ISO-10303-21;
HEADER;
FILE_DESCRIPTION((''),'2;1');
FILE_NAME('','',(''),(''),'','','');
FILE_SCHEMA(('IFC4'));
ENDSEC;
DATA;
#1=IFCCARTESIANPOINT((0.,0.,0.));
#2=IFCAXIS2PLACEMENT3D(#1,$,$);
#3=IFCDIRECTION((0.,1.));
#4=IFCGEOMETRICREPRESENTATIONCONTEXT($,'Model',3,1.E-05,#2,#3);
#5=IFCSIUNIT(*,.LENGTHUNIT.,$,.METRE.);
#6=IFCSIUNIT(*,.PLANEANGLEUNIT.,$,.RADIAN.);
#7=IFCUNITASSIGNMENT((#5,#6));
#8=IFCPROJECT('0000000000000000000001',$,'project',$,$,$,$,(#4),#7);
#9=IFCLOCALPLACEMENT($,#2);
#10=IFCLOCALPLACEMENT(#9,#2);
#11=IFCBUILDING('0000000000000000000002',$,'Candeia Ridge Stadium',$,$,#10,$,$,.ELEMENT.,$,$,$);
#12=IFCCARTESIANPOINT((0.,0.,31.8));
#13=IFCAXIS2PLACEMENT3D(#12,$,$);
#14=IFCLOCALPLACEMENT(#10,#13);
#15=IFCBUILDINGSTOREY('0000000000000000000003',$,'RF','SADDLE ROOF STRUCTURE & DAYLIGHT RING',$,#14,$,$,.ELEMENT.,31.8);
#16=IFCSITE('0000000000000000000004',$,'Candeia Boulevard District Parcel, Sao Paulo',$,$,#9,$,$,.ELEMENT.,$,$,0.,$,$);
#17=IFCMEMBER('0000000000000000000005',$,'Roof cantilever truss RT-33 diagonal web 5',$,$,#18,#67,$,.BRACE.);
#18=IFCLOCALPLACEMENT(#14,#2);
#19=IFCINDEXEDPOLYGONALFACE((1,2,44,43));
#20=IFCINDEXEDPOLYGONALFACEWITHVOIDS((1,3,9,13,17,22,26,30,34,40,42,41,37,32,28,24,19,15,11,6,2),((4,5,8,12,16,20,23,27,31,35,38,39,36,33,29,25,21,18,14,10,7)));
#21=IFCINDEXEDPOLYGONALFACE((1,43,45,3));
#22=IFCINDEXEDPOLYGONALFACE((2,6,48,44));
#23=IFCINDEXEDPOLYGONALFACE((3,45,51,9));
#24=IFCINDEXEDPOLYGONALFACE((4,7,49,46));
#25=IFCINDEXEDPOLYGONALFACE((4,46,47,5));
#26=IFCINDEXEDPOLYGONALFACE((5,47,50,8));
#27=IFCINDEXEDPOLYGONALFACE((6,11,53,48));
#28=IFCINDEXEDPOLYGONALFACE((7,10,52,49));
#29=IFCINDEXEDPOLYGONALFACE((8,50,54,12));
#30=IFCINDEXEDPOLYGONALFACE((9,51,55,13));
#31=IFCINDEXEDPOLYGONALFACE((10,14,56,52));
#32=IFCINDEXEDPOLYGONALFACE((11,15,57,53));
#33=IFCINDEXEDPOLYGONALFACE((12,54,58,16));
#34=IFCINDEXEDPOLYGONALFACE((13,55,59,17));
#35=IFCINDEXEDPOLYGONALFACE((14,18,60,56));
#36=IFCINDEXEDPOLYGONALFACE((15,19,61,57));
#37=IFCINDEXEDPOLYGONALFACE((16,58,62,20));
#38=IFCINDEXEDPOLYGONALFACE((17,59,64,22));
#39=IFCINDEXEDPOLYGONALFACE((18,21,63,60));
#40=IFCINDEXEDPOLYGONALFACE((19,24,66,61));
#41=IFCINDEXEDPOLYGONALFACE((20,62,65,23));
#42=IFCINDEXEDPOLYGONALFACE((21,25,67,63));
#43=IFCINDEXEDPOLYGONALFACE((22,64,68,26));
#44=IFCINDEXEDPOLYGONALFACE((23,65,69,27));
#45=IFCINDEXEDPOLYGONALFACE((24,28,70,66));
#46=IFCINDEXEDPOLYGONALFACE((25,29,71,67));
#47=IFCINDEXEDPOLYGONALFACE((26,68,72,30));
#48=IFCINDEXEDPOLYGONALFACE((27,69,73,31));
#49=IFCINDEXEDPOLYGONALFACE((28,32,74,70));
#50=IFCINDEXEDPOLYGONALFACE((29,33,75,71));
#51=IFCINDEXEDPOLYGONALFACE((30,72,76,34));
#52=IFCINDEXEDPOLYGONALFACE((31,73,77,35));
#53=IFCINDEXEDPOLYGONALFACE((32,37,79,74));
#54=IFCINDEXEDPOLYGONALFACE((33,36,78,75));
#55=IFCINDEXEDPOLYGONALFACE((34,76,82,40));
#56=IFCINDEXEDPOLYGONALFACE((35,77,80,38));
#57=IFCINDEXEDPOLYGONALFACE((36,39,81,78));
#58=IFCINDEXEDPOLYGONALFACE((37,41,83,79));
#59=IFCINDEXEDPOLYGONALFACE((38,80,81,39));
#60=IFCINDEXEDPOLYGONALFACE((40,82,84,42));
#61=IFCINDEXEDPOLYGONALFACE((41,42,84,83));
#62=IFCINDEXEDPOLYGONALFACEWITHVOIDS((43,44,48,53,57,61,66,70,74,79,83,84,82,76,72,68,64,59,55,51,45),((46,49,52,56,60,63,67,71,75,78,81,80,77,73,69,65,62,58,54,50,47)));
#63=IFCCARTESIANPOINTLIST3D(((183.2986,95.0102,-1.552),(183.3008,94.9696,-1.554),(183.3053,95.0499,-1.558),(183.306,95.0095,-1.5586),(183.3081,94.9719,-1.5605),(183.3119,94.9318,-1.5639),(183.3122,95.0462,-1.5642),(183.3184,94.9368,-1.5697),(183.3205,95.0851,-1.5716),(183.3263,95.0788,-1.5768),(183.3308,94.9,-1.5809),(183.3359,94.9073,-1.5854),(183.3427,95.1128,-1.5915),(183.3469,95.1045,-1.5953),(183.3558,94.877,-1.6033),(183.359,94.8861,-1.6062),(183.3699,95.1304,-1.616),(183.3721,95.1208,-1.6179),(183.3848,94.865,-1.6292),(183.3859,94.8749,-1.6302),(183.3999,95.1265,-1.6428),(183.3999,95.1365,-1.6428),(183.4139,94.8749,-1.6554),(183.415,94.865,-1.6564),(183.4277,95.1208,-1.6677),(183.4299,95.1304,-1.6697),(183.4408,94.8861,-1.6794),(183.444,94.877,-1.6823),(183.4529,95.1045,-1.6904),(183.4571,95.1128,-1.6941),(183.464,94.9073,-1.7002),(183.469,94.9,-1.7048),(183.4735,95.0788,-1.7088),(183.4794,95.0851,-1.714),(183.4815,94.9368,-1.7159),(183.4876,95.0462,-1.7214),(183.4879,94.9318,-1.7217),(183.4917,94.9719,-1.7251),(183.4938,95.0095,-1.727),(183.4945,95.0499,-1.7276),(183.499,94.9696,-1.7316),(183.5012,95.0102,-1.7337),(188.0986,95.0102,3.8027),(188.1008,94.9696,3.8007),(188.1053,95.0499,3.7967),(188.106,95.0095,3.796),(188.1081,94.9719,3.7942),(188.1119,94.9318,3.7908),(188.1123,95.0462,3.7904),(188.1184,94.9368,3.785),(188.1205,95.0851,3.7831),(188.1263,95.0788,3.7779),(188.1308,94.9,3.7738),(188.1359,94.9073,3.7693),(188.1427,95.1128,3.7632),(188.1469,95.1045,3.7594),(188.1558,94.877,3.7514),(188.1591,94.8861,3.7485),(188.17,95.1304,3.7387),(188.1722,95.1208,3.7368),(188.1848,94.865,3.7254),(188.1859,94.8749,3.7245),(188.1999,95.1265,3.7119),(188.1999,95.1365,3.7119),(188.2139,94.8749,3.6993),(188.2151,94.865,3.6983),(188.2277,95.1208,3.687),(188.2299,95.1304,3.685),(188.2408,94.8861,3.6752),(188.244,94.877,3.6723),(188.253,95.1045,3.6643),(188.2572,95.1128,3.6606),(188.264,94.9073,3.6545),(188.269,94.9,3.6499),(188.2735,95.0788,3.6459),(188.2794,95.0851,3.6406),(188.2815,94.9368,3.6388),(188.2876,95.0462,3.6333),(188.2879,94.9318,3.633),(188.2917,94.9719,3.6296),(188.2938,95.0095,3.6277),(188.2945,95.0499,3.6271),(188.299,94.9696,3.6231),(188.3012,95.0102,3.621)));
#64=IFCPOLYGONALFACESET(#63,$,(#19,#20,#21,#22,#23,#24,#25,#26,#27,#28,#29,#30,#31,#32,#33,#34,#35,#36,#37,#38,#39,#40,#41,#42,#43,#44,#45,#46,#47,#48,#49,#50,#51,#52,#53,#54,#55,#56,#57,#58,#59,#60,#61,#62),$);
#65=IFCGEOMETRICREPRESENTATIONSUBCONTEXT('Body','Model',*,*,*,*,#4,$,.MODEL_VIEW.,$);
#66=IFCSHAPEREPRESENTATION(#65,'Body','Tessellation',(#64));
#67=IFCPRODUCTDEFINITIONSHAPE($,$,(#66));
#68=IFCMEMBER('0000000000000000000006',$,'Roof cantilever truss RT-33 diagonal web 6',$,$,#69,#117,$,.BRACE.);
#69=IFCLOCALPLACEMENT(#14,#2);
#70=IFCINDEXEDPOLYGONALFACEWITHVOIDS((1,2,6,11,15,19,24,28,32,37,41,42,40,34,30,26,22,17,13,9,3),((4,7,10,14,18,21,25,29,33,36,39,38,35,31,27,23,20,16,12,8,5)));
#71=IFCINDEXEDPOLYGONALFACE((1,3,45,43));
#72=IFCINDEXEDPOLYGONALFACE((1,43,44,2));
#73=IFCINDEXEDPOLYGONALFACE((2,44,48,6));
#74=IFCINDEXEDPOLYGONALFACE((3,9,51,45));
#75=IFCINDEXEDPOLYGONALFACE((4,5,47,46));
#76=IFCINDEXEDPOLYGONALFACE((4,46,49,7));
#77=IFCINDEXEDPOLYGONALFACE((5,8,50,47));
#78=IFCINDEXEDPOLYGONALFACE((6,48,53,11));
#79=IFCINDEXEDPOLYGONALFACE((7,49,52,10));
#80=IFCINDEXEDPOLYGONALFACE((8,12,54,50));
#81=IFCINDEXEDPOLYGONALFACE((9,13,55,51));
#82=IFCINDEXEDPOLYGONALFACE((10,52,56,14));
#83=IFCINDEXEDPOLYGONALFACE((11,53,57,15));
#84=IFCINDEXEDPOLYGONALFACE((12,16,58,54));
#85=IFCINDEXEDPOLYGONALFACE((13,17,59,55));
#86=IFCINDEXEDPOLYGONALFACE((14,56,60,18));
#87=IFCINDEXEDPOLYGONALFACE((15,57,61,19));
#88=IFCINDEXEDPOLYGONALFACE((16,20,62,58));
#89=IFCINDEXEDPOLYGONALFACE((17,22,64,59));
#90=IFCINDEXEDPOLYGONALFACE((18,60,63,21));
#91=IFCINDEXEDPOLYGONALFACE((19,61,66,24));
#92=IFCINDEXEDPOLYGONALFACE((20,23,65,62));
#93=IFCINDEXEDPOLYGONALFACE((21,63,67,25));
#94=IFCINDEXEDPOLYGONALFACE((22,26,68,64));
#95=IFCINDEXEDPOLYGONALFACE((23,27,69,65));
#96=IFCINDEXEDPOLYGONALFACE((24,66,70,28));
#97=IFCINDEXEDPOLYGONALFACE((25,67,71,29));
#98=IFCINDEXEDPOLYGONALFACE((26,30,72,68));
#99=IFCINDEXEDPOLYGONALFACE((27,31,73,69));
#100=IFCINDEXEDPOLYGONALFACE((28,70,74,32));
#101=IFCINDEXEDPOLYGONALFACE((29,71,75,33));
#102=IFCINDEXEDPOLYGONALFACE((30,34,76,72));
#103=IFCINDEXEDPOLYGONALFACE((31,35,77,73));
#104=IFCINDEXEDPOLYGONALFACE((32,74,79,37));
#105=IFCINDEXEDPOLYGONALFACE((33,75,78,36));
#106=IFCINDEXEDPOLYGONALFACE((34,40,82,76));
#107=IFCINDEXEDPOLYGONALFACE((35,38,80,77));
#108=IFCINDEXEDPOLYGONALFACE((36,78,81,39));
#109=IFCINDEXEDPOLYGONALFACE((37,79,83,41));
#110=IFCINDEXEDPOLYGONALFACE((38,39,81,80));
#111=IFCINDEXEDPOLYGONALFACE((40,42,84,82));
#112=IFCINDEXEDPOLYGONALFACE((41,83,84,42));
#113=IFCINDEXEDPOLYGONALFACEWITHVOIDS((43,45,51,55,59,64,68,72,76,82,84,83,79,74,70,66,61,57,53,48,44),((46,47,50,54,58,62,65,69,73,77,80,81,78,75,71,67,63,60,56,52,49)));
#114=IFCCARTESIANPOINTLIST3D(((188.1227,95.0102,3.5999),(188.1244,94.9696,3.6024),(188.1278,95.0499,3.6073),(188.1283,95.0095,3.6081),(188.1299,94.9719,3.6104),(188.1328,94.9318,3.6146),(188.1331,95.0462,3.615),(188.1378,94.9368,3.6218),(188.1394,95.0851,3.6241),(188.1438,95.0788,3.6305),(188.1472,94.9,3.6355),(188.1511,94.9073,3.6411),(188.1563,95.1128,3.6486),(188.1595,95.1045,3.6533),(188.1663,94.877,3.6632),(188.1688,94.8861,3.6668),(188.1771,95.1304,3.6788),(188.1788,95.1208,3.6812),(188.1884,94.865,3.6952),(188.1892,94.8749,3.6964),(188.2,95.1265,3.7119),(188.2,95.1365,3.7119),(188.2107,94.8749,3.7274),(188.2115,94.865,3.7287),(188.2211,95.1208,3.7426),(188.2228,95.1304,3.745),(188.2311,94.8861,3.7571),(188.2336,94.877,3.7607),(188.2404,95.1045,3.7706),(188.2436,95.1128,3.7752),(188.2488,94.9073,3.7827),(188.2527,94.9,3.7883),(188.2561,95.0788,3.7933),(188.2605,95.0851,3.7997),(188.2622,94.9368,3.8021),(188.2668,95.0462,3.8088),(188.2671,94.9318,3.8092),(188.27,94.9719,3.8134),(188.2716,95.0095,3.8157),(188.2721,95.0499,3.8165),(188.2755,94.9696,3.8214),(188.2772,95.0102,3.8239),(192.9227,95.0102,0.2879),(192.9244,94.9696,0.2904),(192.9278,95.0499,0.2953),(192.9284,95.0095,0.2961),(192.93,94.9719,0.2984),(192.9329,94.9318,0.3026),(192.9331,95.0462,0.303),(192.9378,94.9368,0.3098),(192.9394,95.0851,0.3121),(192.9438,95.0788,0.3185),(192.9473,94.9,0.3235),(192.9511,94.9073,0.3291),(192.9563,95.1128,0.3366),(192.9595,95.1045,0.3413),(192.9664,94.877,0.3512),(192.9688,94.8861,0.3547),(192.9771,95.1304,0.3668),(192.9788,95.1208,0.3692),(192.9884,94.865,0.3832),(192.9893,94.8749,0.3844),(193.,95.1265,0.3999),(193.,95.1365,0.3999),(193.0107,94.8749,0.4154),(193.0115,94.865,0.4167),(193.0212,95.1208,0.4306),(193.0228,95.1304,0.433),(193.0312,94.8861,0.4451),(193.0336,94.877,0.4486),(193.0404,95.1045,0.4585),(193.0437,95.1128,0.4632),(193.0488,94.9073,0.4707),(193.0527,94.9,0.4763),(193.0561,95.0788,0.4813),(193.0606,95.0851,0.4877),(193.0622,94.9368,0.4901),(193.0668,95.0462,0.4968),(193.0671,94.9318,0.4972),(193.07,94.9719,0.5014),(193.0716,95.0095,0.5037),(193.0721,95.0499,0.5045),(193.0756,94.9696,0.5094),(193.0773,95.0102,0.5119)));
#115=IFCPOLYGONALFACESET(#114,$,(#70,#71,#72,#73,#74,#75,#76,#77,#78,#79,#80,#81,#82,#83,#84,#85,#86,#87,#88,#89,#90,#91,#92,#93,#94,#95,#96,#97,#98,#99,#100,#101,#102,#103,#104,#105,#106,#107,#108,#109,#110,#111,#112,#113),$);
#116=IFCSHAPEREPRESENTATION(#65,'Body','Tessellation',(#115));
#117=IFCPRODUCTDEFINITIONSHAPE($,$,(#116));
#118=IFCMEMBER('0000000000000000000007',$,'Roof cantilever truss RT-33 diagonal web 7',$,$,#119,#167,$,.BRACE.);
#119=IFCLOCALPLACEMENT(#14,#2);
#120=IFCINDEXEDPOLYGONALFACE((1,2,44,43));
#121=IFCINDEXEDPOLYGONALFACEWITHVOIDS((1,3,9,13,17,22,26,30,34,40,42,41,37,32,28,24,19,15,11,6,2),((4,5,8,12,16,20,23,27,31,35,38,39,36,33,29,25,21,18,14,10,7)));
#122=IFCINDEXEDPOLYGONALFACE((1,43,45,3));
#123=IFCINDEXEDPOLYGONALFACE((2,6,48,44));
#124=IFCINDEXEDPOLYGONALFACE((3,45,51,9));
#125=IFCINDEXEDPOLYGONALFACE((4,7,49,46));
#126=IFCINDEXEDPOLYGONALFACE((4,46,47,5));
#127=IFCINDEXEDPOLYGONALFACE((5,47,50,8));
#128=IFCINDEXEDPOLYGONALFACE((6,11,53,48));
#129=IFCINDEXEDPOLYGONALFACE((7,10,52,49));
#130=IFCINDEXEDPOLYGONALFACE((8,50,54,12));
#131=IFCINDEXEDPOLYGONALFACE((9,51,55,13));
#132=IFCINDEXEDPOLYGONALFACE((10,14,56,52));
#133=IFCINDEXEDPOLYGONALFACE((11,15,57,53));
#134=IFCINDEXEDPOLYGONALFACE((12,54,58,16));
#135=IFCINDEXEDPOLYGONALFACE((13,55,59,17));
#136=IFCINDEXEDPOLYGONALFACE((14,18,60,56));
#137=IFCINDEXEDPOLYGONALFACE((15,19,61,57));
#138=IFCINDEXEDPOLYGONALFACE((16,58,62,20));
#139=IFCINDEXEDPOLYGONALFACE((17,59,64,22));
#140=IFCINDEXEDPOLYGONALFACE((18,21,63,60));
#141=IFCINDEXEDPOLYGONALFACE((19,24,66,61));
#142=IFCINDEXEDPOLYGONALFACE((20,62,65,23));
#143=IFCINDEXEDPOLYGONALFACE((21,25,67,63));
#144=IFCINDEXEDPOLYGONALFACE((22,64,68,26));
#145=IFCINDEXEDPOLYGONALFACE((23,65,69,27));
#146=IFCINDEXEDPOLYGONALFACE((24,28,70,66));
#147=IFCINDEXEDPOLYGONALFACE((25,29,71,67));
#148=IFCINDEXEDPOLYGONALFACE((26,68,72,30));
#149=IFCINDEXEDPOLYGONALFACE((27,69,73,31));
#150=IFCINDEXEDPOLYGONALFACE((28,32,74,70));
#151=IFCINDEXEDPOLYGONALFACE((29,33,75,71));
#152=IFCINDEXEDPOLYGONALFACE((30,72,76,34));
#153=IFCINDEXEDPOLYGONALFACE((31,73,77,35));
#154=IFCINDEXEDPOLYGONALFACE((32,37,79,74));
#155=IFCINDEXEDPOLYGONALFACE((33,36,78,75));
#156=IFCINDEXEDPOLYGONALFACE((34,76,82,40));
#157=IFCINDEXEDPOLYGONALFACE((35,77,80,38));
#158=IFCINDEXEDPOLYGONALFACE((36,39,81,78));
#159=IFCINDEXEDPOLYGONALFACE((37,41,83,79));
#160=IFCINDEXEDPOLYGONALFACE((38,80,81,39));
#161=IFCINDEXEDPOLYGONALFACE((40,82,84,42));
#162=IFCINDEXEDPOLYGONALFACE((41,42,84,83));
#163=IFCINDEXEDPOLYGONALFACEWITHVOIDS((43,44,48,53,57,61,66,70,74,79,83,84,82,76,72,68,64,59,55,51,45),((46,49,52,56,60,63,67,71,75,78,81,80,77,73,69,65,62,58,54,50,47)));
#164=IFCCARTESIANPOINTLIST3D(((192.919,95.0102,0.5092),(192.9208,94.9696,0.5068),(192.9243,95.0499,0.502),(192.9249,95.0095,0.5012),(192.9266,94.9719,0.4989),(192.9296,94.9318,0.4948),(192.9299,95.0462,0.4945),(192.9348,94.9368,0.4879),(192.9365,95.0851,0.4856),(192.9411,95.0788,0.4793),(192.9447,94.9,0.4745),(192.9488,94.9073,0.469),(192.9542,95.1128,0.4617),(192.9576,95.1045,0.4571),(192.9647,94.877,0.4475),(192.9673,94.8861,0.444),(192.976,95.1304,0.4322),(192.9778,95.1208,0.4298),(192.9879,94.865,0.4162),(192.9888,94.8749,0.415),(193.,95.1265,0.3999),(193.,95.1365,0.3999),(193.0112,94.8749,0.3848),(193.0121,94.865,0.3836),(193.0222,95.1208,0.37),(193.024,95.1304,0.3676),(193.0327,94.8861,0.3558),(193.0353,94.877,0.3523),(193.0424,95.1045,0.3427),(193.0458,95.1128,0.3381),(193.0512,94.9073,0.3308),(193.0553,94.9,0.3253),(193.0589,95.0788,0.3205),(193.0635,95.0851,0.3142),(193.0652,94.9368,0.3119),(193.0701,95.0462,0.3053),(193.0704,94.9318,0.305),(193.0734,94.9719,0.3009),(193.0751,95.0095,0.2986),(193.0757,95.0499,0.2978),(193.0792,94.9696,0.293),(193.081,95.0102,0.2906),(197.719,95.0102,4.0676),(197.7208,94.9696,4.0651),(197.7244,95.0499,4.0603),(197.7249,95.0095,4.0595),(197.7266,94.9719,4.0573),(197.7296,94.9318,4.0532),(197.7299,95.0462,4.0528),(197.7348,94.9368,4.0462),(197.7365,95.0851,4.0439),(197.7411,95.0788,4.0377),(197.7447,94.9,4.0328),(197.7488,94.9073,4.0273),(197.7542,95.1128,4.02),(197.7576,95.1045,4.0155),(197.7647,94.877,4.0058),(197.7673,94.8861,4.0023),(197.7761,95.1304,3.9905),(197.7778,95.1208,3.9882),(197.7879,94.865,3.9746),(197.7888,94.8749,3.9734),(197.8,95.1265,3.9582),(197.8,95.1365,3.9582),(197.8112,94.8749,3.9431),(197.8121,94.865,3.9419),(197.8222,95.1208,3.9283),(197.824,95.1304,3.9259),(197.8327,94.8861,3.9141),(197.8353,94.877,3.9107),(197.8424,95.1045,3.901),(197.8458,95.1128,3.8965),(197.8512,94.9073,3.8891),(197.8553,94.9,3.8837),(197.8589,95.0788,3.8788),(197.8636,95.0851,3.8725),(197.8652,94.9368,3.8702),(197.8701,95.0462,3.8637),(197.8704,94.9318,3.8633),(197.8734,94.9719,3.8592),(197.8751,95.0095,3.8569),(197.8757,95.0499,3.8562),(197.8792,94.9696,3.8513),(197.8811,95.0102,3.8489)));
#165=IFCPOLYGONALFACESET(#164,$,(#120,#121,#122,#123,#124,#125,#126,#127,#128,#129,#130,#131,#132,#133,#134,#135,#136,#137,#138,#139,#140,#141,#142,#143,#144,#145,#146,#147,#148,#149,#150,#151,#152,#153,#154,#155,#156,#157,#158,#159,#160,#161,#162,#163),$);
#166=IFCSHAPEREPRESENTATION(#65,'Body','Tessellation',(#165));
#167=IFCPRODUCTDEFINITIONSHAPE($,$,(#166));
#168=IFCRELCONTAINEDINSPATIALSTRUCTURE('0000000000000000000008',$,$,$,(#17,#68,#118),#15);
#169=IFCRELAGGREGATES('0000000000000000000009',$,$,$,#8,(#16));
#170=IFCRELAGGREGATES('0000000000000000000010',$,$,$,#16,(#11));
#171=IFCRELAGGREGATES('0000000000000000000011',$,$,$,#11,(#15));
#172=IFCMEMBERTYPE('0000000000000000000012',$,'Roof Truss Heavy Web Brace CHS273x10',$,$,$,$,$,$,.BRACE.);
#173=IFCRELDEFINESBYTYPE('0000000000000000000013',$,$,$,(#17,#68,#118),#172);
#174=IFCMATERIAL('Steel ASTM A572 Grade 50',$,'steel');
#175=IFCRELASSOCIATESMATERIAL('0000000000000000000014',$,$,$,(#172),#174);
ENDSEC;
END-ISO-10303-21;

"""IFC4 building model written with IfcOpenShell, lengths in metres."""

from ifc_helpers import new_model, si_unit, direction, frame, origin, origin_2d, place, context, subcontext, project, spatial, hollow_circle, extrude, material, material_profile, profile_set, type_object, element, save


model = new_model("IFC4")

# Units and contexts
model_context = context("Model", 3, precision=1e-05, world=origin(), true_north=direction((0.0, 1.0)))
body_context = subcontext(model_context, "Body", "Model", "MODEL_VIEW")
ifc_project = project(units=[si_unit("LENGTHUNIT", "METRE"), si_unit("PLANEANGLEUNIT", "RADIAN")], contexts=[model_context])

# Site, building, storey
site_placement = place(None, origin())
site = spatial("IfcSite", under=ifc_project, at=site_placement, Name="Candeia Boulevard District Parcel, Sao Paulo", CompositionType="ELEMENT", RefElevation=0.0)
building_placement = place(site_placement, origin())
building = spatial("IfcBuilding", under=site, at=building_placement, Name="Candeia Ridge Stadium", CompositionType="ELEMENT")
storey_placement = place(building_placement, frame((0.0, 0.0, 31.8)))
storey = spatial("IfcBuildingStorey", under=building, at=storey_placement, Name="RF", Description="SADDLE ROOF STRUCTURE & DAYLIGHT RING", CompositionType="ELEMENT", Elevation=31.8)

# Shared definitions
ifc_material_1 = material(Name="Steel ASTM A572 Grade 50", Category="steel")

# Members
ifc_material_profile_1 = material_profile(ifc_material_1, hollow_circle(Radius=0.1365, WallThickness=0.01, at=origin_2d()), Name="CHS273x10", Category="steel")
ifc_profile_set_1 = profile_set([ifc_material_profile_1], Name="Steel ASTM A572 Grade 50")
member_type_1 = type_object("IfcMemberType", Name="Roof Truss Heavy Web Brace CHS273x10", PredefinedType="BRACE", material=ifc_profile_set_1)
member_1_placement = place(storey_placement, frame((183.3999, 95.0, -1.6428), z_axis=(0.667487, 0.0, 0.744621), x_axis=(0.0, 1.0, 0.0)))
element("IfcMember", 1, at=member_1_placement, inside=storey, type_object=member_type_1, Name="Roof cantilever truss RT-33 diagonal web 5", PredefinedType="BRACE", context=body_context, shape_type="SweptSolid", body=[
    extrude(hollow_circle(Radius=0.1365, WallThickness=0.01, at=origin_2d()), origin(), (0.0, 0.0, 1.0), 7.1912),
])
member_2_placement = place(storey_placement, frame((188.2, 95.0, 3.7119), z_axis=(0.823082, 0.0, -0.567923), x_axis=(0.0, 1.0, 0.0)))
element("IfcMember", 2, at=member_2_placement, inside=storey, type_object=member_type_1, Name="Roof cantilever truss RT-33 diagonal web 6", PredefinedType="BRACE", context=body_context, shape_type="SweptSolid", body=[
    extrude(hollow_circle(Radius=0.1365, WallThickness=0.01, at=origin_2d()), origin(), (0.0, 0.0, 1.0), 5.8318),
])
member_3_placement = place(storey_placement, frame((193.0, 95.0, 0.3999), z_axis=(0.803336, 0.0, 0.595526), x_axis=(0.0, 1.0, 0.0)))
element("IfcMember", 3, at=member_3_placement, inside=storey, type_object=member_type_1, Name="Roof cantilever truss RT-33 diagonal web 7", PredefinedType="BRACE", context=body_context, shape_type="SweptSolid", body=[
    extrude(hollow_circle(Radius=0.1365, WallThickness=0.01, at=origin_2d()), origin(), (0.0, 0.0, 1.0), 5.9751),
])

save(model, "model.ifc")
